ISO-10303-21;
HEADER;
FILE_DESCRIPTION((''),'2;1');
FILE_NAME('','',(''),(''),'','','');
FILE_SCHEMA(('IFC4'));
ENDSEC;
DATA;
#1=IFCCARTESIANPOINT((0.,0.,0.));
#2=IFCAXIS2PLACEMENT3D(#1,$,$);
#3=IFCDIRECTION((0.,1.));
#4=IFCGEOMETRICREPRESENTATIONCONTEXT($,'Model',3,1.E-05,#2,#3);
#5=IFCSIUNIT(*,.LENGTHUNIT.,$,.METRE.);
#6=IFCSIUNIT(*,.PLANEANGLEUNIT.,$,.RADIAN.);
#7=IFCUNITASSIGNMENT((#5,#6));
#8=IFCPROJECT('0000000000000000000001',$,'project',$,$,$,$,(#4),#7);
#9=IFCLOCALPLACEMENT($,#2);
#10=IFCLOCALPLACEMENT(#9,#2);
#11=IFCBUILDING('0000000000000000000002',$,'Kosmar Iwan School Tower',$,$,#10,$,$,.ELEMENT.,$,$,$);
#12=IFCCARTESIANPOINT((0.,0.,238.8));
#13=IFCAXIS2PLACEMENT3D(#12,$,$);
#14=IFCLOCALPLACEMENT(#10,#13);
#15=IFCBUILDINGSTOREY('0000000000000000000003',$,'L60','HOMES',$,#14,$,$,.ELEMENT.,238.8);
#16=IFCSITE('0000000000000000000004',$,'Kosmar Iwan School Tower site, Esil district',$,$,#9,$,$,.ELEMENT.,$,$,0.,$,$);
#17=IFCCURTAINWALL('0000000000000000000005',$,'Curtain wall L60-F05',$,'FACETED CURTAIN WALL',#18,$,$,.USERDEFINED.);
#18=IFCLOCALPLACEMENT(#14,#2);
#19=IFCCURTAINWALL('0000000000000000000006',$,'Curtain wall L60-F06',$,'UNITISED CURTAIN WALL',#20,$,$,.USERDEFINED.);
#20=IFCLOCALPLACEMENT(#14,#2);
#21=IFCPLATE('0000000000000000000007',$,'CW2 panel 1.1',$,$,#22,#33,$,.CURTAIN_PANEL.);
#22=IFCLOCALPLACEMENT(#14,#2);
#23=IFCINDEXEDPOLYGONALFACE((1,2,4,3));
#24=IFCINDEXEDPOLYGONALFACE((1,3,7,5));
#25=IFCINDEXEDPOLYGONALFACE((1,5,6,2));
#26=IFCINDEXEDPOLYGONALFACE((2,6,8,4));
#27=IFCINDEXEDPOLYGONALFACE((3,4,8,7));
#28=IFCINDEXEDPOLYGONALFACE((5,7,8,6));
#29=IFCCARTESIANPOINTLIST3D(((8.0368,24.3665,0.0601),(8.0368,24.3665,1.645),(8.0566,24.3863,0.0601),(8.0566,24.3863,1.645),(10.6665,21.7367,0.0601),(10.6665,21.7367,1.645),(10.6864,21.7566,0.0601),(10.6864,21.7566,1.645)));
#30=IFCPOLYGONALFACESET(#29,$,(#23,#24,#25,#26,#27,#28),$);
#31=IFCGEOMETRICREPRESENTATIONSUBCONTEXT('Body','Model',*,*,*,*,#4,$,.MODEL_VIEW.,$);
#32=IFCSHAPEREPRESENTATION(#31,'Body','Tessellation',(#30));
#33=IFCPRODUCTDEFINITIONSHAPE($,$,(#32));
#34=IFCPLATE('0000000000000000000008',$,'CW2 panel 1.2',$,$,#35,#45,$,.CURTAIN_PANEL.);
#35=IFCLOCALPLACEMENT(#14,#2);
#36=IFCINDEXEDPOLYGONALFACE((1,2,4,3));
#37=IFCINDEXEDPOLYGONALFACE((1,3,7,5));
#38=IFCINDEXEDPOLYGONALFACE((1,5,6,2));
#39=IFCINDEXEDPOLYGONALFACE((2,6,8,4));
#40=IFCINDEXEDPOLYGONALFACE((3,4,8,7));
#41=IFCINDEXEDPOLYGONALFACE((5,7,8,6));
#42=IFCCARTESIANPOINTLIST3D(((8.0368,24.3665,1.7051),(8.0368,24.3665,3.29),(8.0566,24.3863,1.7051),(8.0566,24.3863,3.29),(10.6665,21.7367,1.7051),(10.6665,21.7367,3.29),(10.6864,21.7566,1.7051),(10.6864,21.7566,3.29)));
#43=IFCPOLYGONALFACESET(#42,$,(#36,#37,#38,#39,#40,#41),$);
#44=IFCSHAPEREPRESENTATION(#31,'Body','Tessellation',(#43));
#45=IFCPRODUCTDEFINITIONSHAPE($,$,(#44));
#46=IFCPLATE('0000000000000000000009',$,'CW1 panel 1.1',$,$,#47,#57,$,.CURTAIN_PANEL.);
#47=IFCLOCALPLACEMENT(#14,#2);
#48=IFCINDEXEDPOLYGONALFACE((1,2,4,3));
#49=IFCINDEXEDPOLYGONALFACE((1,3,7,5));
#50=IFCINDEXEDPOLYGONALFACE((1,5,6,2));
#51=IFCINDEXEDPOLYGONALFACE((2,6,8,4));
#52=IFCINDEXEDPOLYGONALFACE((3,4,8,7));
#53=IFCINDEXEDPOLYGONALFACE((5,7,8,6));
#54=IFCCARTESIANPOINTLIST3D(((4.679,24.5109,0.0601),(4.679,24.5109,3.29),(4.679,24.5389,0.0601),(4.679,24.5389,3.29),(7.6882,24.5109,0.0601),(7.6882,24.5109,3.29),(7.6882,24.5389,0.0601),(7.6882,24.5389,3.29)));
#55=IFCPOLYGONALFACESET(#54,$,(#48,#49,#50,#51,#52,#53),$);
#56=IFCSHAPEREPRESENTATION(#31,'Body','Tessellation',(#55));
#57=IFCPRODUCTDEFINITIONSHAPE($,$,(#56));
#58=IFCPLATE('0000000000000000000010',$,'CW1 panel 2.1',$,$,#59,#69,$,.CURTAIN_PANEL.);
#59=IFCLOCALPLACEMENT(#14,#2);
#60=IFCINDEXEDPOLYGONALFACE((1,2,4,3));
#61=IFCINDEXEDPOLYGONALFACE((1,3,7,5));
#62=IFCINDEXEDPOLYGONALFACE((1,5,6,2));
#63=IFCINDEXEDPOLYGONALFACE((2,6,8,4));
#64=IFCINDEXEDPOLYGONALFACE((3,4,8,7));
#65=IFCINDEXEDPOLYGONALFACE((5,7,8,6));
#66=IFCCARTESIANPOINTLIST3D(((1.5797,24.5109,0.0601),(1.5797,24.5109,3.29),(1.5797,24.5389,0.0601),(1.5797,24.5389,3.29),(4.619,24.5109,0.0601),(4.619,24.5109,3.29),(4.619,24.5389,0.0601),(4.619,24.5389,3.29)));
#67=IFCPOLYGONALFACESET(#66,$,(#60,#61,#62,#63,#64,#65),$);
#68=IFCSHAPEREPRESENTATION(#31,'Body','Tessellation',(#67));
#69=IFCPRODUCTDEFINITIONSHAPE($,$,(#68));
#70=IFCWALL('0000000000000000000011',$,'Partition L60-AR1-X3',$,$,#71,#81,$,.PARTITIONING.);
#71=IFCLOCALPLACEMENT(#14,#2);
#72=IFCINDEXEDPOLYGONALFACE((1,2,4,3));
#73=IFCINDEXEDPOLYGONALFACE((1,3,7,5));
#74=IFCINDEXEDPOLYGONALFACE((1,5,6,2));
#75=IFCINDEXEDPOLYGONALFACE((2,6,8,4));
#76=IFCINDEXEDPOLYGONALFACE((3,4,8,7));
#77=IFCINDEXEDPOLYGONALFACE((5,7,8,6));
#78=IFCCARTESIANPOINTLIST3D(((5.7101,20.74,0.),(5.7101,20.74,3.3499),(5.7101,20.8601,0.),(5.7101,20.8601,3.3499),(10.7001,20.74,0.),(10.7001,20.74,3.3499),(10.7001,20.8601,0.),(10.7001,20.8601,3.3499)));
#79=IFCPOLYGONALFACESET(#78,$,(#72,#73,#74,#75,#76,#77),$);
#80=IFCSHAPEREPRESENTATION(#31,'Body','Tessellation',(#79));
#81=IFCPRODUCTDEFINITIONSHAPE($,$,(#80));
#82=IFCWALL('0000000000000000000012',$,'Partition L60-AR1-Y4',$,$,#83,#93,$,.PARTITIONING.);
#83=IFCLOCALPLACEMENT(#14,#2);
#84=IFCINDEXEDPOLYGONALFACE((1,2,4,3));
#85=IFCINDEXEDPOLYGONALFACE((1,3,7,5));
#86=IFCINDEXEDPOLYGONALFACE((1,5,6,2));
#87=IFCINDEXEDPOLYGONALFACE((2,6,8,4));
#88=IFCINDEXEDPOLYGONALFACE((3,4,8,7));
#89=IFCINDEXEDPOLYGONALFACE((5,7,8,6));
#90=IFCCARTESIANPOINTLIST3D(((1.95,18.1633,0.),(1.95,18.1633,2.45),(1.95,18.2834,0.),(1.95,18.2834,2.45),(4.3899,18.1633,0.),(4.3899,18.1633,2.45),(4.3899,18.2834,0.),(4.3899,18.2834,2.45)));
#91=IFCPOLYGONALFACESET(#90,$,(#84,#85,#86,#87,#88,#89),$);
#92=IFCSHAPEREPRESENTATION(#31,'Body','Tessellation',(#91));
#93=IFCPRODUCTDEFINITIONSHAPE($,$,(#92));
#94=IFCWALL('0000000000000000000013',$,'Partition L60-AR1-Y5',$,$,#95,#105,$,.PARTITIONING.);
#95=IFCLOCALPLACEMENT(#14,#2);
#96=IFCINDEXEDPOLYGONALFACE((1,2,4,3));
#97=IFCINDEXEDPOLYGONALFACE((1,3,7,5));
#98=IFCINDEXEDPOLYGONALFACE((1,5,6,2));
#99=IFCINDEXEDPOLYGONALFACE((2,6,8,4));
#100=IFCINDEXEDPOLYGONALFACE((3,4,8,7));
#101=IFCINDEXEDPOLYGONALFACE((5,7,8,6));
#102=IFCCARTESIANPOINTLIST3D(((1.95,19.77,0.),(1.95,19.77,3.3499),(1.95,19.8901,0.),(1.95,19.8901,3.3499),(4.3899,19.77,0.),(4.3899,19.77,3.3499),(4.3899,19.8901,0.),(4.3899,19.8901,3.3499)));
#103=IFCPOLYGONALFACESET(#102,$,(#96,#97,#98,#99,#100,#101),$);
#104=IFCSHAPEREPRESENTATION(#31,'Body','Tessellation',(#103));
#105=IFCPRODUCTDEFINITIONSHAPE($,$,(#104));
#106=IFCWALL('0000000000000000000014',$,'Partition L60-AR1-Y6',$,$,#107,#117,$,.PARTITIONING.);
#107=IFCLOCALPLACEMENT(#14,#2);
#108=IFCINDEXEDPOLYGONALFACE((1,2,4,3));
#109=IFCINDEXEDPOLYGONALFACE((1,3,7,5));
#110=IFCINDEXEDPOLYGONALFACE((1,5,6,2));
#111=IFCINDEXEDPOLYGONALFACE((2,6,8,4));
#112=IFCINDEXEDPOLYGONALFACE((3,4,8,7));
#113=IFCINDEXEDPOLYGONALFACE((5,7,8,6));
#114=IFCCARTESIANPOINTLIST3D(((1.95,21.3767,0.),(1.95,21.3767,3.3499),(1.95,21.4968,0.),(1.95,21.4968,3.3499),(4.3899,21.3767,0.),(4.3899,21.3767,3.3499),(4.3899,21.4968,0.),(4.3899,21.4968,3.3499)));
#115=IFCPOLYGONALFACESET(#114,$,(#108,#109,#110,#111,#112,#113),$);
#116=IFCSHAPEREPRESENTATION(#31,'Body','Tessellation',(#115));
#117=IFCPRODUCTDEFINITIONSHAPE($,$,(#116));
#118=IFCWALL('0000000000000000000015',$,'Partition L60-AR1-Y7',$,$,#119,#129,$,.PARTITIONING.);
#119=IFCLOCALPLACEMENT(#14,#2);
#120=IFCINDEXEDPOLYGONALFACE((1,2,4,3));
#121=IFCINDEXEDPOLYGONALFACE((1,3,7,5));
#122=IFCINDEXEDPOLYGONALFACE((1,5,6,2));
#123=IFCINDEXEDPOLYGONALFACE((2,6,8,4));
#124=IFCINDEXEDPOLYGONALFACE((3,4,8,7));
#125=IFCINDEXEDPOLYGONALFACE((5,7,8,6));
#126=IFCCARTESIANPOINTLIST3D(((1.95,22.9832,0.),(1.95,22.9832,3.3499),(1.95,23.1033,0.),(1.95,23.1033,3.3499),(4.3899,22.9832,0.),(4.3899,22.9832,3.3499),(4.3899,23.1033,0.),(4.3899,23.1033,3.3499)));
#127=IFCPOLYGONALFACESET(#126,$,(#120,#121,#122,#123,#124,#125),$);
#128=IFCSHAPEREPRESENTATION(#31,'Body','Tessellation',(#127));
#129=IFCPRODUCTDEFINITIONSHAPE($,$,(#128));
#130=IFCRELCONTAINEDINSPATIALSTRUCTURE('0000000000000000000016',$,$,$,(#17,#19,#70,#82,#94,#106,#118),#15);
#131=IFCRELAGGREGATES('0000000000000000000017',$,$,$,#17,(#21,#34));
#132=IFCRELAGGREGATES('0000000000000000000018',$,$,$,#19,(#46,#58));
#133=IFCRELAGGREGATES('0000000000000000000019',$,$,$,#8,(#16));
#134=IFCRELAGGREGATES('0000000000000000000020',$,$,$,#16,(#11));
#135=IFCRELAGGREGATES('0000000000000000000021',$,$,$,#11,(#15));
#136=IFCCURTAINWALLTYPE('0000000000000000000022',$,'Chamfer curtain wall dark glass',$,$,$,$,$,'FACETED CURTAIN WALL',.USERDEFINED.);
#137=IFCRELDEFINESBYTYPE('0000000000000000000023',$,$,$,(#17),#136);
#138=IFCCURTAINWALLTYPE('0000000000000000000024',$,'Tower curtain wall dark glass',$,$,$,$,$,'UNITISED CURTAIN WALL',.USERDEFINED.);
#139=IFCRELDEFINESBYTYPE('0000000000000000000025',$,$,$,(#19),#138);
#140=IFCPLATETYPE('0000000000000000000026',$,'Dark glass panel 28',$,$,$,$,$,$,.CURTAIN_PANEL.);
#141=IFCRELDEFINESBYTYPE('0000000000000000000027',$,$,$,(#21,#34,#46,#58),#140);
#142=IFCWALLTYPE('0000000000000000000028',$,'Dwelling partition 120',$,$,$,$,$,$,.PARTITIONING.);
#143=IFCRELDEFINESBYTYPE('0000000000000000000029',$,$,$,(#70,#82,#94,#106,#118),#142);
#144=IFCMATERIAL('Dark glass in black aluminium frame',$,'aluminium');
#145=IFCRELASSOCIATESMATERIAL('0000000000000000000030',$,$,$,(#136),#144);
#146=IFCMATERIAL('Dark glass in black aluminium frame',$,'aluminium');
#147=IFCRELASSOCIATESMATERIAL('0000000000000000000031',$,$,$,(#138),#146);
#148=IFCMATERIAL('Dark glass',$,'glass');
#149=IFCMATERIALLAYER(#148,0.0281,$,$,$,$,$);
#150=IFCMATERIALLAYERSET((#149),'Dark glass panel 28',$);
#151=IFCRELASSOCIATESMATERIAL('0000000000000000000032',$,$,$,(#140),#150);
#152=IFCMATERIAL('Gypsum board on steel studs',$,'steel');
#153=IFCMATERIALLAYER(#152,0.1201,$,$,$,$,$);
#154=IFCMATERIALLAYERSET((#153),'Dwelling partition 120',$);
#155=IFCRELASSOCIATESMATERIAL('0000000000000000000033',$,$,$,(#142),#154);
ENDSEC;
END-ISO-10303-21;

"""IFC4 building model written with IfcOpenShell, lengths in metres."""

from ifc_helpers import new_model, si_unit, direction, frame, frame_2d, origin, origin_2d, place, context, subcontext, project, spatial, rectangle, extrude, material, layer, layer_set, type_object, element, aggregate, save


model = new_model("IFC4")

# Units and contexts
model_context = context("Model", 3, precision=1e-05, world=origin(), true_north=direction((0.0, 1.0)))
body_context = subcontext(model_context, "Body", "Model", "MODEL_VIEW")
ifc_project = project(units=[si_unit("LENGTHUNIT", "METRE"), si_unit("PLANEANGLEUNIT", "RADIAN")], contexts=[model_context])

# Site, building, storey
site_placement = place(None, origin())
site = spatial("IfcSite", under=ifc_project, at=site_placement, Name="Kosmar Iwan School Tower site, Esil district", CompositionType="ELEMENT", RefElevation=0.0)
building_placement = place(site_placement, origin())
building = spatial("IfcBuilding", under=site, at=building_placement, Name="Kosmar Iwan School Tower", CompositionType="ELEMENT")
storey_placement = place(building_placement, frame((0.0, 0.0, 238.8)))
storey = spatial("IfcBuildingStorey", under=building, at=storey_placement, Name="L60", Description="HOMES", CompositionType="ELEMENT", Elevation=238.8)

# Curtain walls
ifc_material_1 = material(Name="Dark glass in black aluminium frame", Category="aluminium")
curtain_wall_type_1 = type_object("IfcCurtainWallType", Name="Chamfer curtain wall dark glass", ElementType="FACETED CURTAIN WALL", PredefinedType="USERDEFINED", material=ifc_material_1)
curtain_wall_1_placement = place(storey_placement, origin())
curtain_wall_1 = element("IfcCurtainWall", 1, at=curtain_wall_1_placement, inside=storey, type_object=curtain_wall_type_1, Name="Curtain wall L60-F05", ObjectType="FACETED CURTAIN WALL", PredefinedType="USERDEFINED")
ifc_material_2 = material(Name="Dark glass in black aluminium frame", Category="aluminium")
curtain_wall_type_2 = type_object("IfcCurtainWallType", Name="Tower curtain wall dark glass", ElementType="UNITISED CURTAIN WALL", PredefinedType="USERDEFINED", material=ifc_material_2)
curtain_wall_2_placement = place(storey_placement, origin())
curtain_wall_2 = element("IfcCurtainWall", 2, at=curtain_wall_2_placement, inside=storey, type_object=curtain_wall_type_2, Name="Curtain wall L60-F06", ObjectType="UNITISED CURTAIN WALL", PredefinedType="USERDEFINED")

# Plates
ifc_material_3 = material(Name="Dark glass", Category="glass")
ifc_layer_1 = layer(ifc_material_3, 0.0281)
ifc_layer_set_1 = layer_set([ifc_layer_1], Name="Dark glass panel 28")
plate_type = type_object("IfcPlateType", Name="Dark glass panel 28", PredefinedType="CURTAIN_PANEL", material=ifc_layer_set_1)
plate_1_placement = place(storey_placement, frame((9.3616, 23.0615, 0.0601), z_axis=(0.0, 0.0, 1.0), x_axis=(-0.707107, 0.707107, 0.0)))
plate_1 = element("IfcPlate", 3, at=plate_1_placement, type_object=plate_type, Name="CW2 panel 1.1", PredefinedType="CURTAIN_PANEL", context=body_context, shape_type="SweptSolid", body=[
    extrude(rectangle(XDim=3.719, YDim=0.0281, at=origin_2d()), origin(), (0.0, 0.0, 1.0), 1.585),
])
plate_2_placement = place(storey_placement, frame((9.3616, 23.0615, 1.7051), z_axis=(0.0, 0.0, 1.0), x_axis=(-0.707107, 0.707107, 0.0)))
plate_2 = element("IfcPlate", 4, at=plate_2_placement, type_object=plate_type, Name="CW2 panel 1.2", PredefinedType="CURTAIN_PANEL", context=body_context, shape_type="SweptSolid", body=[
    extrude(rectangle(XDim=3.719, YDim=0.0281, at=origin_2d()), origin(), (0.0, 0.0, 1.0), 1.585),
])
aggregate(curtain_wall_1, [plate_1, plate_2])
plate_3_placement = place(storey_placement, frame((6.1836, 24.5249, 0.0601), z_axis=(0.0, 0.0, 1.0), x_axis=(-1.0, 0.0, 0.0)))
plate_3 = element("IfcPlate", 5, at=plate_3_placement, type_object=plate_type, Name="CW1 panel 1.1", PredefinedType="CURTAIN_PANEL", context=body_context, shape_type="SweptSolid", body=[
    extrude(rectangle(XDim=3.0093, YDim=0.0281, at=origin_2d()), origin(), (0.0, 0.0, 1.0), 3.23),
])
plate_4_placement = place(storey_placement, frame((3.0994, 24.5249, 0.0601), z_axis=(0.0, 0.0, 1.0), x_axis=(-1.0, 0.0, 0.0)))
plate_4 = element("IfcPlate", 6, at=plate_4_placement, type_object=plate_type, Name="CW1 panel 2.1", PredefinedType="CURTAIN_PANEL", context=body_context, shape_type="SweptSolid", body=[
    extrude(rectangle(XDim=3.0393, YDim=0.0281, at=origin_2d()), origin(), (0.0, 0.0, 1.0), 3.23),
])
aggregate(curtain_wall_2, [plate_3, plate_4])

# Walls
ifc_material_4 = material(Name="Gypsum board on steel studs", Category="steel")
ifc_layer_2 = layer(ifc_material_4, 0.1201)
ifc_layer_set_2 = layer_set([ifc_layer_2], Name="Dwelling partition 120")
wall_type = type_object("IfcWallType", Name="Dwelling partition 120", PredefinedType="PARTITIONING", material=ifc_layer_set_2)
wall_1_placement = place(storey_placement, frame((5.71, 20.8, 0.0), z_axis=(0.0, 0.0, 1.0), x_axis=(1.0, 0.0, 0.0)))
element("IfcWall", 7, at=wall_1_placement, inside=storey, type_object=wall_type, Name="Partition L60-AR1-X3", PredefinedType="PARTITIONING", context=body_context, shape_type="SweptSolid", body=[
    extrude(rectangle(XDim=4.99, YDim=0.1201, at=frame_2d((2.4951, 0.0))), origin(), (0.0, 0.0, 1.0), 3.3499),
])
wall_2_placement = place(storey_placement, frame((1.95, 18.2234, 0.0), z_axis=(0.0, 0.0, 1.0), x_axis=(1.0, 0.0, 0.0)))
element("IfcWall", 8, at=wall_2_placement, inside=storey, type_object=wall_type, Name="Partition L60-AR1-Y4", PredefinedType="PARTITIONING", context=body_context, shape_type="SweptSolid", body=[
    extrude(rectangle(XDim=2.4399, YDim=0.1201, at=frame_2d((1.22, 0.0))), origin(), (0.0, 0.0, 1.0), 2.45),
])
for number, where, z_axis, x_axis, name in (
    (9, (1.95, 19.8301, 0.0), (0.0, 0.0, 1.0), (1.0, 0.0, 0.0), "Partition L60-AR1-Y5"),
    (10, (1.95, 21.4368, 0.0), (0.0, 0.0, 1.0), (1.0, 0.0, 0.0), "Partition L60-AR1-Y6"),
    (11, (1.95, 23.0432, 0.0), (0.0, 0.0, 1.0), (1.0, 0.0, 0.0), "Partition L60-AR1-Y7"),
):
    element("IfcWall", number, at=place(storey_placement, frame(where, z_axis=z_axis, x_axis=x_axis)), inside=storey, type_object=wall_type, Name=name, PredefinedType="PARTITIONING", context=body_context, shape_type="SweptSolid", body=[
        extrude(rectangle(XDim=2.4399, YDim=0.1201, at=frame_2d((1.22, 0.0))), origin(), (0.0, 0.0, 1.0), 3.3499),
    ])

save(model, "model.ifc")
